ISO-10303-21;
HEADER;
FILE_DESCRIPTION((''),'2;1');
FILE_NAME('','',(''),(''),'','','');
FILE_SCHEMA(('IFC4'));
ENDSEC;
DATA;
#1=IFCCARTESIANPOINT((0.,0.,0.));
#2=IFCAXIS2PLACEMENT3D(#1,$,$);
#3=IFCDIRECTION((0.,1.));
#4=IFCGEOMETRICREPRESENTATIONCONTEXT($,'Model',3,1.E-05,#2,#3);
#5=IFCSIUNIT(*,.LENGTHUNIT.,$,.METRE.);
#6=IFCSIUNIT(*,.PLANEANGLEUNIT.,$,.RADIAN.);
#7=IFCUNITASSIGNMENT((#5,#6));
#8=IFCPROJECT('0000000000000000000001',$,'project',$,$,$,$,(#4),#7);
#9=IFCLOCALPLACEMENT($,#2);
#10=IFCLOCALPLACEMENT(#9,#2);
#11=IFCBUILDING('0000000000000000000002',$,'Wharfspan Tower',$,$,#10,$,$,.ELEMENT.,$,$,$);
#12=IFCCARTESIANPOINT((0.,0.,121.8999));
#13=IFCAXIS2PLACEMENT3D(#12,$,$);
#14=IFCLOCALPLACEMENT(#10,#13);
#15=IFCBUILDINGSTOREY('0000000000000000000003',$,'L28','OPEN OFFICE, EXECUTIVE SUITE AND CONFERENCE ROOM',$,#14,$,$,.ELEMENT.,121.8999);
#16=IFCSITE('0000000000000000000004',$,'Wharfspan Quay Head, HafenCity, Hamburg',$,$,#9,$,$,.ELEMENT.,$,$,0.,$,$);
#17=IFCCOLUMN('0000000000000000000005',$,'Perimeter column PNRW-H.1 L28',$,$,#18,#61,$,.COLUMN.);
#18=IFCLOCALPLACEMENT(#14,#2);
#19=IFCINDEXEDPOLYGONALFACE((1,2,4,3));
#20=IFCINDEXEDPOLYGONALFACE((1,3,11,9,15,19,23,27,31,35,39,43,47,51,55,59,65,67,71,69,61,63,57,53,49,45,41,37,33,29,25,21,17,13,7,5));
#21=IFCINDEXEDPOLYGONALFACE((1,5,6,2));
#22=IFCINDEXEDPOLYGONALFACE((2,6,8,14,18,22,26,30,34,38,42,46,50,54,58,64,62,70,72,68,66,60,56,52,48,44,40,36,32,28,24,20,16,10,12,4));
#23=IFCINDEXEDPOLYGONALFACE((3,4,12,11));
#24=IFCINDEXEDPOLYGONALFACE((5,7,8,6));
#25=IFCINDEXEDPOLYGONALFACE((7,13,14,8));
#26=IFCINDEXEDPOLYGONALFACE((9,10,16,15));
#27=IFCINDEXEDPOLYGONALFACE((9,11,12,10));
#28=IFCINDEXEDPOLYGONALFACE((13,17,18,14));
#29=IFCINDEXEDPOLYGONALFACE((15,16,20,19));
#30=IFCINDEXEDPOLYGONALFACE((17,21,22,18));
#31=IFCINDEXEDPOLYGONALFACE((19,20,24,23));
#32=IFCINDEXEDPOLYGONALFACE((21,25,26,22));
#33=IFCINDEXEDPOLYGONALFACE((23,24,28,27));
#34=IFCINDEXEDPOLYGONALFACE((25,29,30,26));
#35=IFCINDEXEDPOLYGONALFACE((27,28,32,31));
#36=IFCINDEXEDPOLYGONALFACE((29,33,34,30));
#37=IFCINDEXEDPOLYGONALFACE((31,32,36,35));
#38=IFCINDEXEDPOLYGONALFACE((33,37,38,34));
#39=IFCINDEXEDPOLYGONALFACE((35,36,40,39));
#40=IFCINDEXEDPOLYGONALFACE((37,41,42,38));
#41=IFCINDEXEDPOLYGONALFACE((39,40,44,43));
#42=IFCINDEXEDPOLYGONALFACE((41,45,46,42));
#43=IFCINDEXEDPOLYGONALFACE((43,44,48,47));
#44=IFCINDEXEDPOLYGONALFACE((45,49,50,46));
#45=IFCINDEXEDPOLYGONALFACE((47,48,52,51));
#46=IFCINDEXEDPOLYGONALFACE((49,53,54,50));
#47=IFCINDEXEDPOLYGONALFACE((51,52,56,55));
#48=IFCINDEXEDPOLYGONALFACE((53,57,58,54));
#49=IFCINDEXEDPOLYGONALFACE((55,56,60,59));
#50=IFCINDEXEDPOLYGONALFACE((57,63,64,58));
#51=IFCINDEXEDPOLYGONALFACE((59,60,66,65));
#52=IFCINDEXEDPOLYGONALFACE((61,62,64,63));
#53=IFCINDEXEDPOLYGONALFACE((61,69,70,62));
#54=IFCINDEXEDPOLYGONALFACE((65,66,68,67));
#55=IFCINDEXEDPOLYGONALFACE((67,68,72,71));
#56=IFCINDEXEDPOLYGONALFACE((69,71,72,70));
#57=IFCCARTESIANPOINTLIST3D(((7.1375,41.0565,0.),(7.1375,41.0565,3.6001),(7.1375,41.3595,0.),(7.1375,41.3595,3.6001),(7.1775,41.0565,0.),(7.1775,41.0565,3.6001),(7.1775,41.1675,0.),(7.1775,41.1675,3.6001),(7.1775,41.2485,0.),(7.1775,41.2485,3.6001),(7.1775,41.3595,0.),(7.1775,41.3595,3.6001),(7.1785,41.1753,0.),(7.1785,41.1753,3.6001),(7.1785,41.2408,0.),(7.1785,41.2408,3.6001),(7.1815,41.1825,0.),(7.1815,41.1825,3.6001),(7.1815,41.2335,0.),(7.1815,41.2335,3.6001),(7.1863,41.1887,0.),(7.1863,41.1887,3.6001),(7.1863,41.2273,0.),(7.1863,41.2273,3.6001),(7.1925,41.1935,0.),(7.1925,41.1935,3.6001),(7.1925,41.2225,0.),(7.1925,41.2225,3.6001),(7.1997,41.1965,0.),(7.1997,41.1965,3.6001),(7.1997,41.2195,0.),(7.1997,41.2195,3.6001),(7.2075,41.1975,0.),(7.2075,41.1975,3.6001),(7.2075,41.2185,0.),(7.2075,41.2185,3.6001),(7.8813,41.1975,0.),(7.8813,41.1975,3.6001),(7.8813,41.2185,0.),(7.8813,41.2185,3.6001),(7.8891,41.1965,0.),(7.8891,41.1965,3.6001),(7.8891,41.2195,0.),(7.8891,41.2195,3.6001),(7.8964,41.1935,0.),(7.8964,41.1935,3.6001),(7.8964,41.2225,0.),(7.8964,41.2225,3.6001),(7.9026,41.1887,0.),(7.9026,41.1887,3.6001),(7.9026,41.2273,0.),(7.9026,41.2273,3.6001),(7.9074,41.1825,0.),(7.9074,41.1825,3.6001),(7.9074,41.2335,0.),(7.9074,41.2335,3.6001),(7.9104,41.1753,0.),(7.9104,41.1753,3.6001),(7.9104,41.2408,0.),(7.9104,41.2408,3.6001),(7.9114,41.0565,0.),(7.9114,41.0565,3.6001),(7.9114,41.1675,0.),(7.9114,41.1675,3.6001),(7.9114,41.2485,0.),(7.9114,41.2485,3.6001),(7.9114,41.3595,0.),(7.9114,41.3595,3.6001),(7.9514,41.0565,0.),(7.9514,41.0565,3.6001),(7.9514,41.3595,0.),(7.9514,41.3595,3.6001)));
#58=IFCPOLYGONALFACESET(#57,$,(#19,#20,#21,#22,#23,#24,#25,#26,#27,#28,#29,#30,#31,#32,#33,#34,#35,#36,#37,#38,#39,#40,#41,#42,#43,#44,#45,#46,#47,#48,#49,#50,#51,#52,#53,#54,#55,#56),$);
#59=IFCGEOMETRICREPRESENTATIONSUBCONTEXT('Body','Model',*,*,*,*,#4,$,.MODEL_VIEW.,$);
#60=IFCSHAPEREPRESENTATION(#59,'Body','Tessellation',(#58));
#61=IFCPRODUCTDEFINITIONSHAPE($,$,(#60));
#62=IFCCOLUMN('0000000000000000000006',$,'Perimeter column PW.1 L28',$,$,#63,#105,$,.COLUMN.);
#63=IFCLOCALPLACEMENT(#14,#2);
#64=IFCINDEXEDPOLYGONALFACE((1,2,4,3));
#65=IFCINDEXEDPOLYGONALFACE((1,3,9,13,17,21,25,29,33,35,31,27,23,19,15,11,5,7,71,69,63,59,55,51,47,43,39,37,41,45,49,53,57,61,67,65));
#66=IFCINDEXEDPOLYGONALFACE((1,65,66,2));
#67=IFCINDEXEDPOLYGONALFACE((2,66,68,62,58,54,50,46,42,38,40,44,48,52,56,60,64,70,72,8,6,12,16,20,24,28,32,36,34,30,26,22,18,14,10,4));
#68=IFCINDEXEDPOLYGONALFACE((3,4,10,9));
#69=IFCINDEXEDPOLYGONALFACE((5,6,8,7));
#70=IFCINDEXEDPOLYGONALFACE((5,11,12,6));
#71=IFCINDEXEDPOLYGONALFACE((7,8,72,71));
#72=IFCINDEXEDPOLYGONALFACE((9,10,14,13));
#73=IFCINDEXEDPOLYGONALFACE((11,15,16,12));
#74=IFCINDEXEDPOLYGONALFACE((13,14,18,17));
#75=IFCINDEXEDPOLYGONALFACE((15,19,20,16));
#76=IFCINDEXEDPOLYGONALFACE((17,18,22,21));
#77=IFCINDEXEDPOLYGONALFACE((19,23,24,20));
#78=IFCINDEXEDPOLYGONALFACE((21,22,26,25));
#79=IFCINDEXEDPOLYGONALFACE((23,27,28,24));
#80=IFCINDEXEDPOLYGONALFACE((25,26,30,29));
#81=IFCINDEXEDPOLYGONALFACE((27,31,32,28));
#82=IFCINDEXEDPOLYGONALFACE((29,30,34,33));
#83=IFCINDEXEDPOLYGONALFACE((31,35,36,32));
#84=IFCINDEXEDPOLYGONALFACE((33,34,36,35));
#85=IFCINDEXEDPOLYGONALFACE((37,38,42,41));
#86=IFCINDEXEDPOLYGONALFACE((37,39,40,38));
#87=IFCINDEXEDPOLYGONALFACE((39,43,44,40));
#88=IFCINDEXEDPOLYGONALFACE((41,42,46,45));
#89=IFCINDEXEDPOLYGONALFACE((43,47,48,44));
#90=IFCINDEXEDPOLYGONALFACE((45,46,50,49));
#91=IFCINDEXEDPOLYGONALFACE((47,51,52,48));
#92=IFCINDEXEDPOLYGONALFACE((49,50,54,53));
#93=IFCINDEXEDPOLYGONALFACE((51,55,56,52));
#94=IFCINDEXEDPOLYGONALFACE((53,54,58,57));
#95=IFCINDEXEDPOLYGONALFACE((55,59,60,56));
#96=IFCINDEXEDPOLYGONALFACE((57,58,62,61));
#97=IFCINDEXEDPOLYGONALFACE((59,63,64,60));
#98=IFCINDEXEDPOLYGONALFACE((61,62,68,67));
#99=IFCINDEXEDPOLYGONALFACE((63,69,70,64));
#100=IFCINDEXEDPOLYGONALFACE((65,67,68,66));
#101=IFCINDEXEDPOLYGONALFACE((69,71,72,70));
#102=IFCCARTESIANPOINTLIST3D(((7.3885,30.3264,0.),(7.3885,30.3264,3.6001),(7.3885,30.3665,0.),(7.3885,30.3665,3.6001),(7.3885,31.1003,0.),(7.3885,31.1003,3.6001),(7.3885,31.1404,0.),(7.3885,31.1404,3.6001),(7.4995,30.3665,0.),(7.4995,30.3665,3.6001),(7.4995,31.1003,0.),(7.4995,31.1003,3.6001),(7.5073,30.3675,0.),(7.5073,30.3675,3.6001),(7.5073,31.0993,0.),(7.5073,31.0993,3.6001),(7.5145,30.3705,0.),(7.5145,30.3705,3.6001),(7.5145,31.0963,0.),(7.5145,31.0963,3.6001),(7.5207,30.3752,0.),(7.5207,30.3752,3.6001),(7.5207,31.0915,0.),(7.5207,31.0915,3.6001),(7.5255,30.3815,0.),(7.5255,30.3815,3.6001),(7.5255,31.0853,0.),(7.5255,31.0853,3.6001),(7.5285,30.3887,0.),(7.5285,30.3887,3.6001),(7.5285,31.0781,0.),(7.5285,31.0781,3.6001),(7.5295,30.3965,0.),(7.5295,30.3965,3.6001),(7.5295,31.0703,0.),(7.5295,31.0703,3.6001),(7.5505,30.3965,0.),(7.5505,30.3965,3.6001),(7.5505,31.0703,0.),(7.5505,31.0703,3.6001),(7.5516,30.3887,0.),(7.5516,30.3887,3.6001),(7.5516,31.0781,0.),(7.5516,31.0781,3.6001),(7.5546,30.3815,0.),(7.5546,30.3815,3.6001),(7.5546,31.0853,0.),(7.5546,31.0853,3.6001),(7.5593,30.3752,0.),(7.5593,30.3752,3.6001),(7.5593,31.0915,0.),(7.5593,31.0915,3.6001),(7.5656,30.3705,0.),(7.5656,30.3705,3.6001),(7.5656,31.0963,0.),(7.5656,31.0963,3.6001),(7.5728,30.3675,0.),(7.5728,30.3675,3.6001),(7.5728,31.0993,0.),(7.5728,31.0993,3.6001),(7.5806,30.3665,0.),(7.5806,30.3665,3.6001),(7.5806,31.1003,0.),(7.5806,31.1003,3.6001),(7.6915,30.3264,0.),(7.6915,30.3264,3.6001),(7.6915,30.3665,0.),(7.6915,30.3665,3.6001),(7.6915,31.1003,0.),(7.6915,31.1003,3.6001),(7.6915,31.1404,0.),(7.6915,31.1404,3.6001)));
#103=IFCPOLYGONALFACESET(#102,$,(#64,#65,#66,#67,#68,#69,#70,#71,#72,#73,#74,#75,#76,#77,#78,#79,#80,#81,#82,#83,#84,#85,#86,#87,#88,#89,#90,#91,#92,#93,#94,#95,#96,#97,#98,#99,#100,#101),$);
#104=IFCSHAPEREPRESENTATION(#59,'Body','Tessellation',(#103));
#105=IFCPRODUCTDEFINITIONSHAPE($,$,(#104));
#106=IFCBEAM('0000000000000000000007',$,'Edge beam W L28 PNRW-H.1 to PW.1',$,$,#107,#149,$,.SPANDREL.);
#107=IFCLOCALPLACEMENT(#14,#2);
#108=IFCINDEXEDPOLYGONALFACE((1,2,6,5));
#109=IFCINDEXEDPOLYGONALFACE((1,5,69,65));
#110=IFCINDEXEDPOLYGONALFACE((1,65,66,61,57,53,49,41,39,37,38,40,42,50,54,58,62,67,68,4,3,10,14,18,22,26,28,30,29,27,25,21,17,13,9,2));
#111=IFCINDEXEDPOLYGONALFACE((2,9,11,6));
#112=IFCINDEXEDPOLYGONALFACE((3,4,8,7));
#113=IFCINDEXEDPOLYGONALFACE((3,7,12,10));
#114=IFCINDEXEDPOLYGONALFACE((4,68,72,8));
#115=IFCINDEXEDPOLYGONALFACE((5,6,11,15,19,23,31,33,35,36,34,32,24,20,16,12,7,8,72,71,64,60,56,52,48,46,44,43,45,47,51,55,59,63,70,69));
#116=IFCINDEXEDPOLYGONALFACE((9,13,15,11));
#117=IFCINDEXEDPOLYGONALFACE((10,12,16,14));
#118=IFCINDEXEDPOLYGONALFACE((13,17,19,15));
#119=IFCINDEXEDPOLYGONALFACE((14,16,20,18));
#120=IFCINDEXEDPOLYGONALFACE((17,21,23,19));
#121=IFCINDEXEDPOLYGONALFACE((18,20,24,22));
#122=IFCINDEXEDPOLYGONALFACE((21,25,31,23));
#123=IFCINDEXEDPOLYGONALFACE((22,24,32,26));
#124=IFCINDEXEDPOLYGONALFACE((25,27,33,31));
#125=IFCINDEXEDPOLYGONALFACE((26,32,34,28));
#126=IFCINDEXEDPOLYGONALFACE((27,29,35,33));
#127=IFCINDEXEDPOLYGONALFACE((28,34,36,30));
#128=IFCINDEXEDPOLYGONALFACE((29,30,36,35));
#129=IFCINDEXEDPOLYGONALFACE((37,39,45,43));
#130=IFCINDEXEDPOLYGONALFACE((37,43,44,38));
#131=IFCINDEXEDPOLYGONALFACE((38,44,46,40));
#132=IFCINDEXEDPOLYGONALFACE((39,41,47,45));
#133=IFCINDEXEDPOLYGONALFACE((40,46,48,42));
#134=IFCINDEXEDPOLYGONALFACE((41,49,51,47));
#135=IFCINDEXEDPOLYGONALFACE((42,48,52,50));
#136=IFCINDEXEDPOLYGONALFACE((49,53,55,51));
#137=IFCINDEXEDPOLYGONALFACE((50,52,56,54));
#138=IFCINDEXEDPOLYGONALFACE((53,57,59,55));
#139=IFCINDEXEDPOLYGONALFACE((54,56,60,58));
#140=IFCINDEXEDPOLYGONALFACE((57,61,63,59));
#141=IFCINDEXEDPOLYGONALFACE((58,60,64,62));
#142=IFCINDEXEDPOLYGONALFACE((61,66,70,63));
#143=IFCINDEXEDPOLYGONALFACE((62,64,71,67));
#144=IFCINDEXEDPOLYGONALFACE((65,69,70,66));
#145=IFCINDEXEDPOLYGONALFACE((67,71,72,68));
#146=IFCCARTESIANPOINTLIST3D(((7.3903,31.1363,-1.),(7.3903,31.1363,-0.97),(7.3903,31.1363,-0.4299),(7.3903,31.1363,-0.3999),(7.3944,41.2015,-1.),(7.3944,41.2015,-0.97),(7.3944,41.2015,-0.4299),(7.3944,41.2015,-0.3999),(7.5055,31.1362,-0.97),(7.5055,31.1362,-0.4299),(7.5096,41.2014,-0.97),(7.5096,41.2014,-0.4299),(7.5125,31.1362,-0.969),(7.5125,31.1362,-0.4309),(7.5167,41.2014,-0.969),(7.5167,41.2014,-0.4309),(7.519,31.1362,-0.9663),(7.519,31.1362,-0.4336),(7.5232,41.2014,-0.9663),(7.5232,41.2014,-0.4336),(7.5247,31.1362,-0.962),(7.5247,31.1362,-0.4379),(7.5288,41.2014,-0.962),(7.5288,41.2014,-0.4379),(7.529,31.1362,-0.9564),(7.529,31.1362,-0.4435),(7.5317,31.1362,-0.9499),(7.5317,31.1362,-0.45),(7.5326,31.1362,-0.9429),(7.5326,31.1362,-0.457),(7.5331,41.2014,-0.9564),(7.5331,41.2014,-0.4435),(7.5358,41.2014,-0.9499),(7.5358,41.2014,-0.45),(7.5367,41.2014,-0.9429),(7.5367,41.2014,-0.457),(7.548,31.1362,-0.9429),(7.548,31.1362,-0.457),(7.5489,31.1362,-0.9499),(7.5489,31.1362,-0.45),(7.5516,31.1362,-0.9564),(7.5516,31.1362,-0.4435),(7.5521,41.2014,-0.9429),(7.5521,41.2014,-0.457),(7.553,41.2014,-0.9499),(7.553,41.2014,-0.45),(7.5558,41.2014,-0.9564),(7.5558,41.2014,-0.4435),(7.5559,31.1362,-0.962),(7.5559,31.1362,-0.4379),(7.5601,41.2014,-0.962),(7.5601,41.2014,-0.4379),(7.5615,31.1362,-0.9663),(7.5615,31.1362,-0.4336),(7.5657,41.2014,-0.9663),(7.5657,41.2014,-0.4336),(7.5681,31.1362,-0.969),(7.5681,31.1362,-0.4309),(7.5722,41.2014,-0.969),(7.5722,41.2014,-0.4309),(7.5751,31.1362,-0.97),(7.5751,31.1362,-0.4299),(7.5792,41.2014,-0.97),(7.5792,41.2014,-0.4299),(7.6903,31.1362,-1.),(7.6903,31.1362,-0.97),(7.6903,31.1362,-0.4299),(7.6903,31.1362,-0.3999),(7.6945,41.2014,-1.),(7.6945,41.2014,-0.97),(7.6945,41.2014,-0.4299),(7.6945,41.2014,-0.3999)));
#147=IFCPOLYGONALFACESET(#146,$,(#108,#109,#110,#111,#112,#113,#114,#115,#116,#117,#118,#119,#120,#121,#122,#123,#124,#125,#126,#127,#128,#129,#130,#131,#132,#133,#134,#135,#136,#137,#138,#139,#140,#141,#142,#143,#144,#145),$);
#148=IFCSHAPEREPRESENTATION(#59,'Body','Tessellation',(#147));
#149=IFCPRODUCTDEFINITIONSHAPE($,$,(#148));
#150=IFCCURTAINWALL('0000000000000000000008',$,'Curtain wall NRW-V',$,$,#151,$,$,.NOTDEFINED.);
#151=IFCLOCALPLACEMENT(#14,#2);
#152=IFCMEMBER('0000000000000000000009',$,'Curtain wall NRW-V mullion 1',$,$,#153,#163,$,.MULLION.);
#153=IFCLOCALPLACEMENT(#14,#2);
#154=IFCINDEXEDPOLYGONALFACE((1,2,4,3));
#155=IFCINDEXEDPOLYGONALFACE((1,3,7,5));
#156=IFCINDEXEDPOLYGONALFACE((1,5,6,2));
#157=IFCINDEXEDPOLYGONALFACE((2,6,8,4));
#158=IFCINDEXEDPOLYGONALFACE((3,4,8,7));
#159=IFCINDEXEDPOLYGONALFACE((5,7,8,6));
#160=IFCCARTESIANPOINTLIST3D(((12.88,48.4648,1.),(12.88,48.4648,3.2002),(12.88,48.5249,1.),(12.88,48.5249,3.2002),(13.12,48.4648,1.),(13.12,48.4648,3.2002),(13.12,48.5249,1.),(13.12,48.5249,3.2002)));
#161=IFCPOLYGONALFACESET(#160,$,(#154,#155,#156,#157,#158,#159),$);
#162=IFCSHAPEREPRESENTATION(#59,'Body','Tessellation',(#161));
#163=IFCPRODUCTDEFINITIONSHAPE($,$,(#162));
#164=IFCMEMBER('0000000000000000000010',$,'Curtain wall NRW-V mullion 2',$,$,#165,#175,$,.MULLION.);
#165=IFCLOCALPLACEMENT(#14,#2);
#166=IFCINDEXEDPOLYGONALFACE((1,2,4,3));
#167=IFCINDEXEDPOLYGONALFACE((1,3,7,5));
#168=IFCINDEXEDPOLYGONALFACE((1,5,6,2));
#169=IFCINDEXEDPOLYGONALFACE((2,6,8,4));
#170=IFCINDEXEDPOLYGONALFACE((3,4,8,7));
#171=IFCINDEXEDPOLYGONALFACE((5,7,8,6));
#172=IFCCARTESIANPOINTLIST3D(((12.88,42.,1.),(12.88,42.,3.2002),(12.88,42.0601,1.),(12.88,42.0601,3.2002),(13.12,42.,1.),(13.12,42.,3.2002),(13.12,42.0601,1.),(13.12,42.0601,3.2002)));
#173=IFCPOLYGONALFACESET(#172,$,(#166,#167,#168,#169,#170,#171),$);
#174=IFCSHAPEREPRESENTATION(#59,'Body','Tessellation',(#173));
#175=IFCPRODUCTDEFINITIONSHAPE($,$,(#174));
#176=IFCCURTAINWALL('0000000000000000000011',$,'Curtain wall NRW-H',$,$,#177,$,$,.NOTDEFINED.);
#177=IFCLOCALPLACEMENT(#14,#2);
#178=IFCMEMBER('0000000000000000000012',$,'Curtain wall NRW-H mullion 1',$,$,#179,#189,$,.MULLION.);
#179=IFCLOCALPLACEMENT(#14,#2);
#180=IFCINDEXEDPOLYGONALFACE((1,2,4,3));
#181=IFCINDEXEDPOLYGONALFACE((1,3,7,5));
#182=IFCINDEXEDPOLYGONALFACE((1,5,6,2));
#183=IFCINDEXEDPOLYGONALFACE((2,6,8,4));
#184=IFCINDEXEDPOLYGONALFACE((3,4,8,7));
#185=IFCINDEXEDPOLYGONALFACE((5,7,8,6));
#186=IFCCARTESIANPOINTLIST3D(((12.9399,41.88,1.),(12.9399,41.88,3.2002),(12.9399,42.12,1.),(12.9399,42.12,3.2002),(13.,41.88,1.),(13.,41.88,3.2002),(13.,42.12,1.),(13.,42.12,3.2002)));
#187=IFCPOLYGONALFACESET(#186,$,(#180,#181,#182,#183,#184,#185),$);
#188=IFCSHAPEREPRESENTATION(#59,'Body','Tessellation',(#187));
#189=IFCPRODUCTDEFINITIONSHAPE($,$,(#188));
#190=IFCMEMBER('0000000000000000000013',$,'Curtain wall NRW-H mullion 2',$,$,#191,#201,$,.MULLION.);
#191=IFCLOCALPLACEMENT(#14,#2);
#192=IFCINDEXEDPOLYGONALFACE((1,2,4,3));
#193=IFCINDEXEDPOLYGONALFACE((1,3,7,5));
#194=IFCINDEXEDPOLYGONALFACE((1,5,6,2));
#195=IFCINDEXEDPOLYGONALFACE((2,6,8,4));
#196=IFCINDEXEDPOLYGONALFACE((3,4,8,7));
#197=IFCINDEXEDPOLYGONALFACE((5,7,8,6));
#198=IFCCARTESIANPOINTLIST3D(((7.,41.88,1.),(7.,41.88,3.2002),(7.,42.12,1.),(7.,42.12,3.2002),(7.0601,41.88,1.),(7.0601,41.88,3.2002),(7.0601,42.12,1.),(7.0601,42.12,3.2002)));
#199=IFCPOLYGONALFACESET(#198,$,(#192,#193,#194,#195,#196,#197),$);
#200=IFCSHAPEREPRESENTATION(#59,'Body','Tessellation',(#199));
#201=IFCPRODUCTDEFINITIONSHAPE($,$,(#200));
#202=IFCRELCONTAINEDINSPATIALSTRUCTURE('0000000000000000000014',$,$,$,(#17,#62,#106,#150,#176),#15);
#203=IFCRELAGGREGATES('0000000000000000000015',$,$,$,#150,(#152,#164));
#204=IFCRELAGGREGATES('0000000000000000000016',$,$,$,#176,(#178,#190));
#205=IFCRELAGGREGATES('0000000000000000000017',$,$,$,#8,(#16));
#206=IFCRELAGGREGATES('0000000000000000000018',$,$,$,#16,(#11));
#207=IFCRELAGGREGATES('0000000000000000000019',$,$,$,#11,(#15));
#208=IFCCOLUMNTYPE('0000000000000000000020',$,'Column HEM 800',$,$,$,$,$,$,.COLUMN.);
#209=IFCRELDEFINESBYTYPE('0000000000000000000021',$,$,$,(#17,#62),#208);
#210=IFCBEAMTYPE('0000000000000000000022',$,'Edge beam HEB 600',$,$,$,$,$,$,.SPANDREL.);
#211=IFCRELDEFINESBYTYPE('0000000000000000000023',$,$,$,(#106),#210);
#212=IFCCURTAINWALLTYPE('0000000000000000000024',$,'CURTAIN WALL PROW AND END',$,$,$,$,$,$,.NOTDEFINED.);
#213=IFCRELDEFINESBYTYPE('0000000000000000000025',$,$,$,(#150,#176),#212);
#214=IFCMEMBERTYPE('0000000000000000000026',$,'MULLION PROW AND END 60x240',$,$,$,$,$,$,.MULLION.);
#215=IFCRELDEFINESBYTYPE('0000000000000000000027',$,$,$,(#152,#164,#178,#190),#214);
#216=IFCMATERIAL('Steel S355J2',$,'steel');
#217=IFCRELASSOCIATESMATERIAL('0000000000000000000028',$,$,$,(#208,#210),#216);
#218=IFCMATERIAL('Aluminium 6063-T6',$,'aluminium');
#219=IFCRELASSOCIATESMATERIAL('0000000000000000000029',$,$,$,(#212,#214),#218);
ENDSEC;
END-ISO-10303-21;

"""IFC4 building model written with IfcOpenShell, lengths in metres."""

from ifc_helpers import new_model, si_unit, direction, frame, origin, origin_2d, place, context, subcontext, project, spatial, rectangle, i_section, extrude, material, material_profile, profile_set, type_object, element, aggregate, save


model = new_model("IFC4")

# Units and contexts
model_context = context("Model", 3, precision=1e-05, world=origin(), true_north=direction((0.0, 1.0)))
body_context = subcontext(model_context, "Body", "Model", "MODEL_VIEW")
ifc_project = project(units=[si_unit("LENGTHUNIT", "METRE"), si_unit("PLANEANGLEUNIT", "RADIAN")], contexts=[model_context])

# Site, building, storey
site_placement = place(None, origin())
site = spatial("IfcSite", under=ifc_project, at=site_placement, Name="Wharfspan Quay Head, HafenCity, Hamburg", CompositionType="ELEMENT", RefElevation=0.0)
building_placement = place(site_placement, origin())
building = spatial("IfcBuilding", under=site, at=building_placement, Name="Wharfspan Tower", CompositionType="ELEMENT")
storey_placement = place(building_placement, frame((0.0, 0.0, 121.8999)))
storey = spatial("IfcBuildingStorey", under=building, at=storey_placement, Name="L28", Description="OPEN OFFICE, EXECUTIVE SUITE AND CONFERENCE ROOM", CompositionType="ELEMENT", Elevation=121.8999)

# Columns
ifc_material_1 = material(Name="Steel S355J2", Category="steel")
ifc_material_profile_1 = material_profile(ifc_material_1, i_section(OverallWidth=0.303, OverallDepth=0.814, WebThickness=0.021, FlangeThickness=0.04, FilletRadius=0.03, at=origin_2d()))
ifc_profile_set_1 = profile_set([ifc_material_profile_1], Name="Steel S355J2")
column_type = type_object("IfcColumnType", Name="Column HEM 800", PredefinedType="COLUMN", material=ifc_profile_set_1)
for number, where, z_axis, x_axis, name in (
    (1, (7.5444, 41.208, 0.0), (0.0, 0.0, 1.0), (0.0, 1.0, 0.0), "Perimeter column PNRW-H.1 L28"),
    (2, (7.54, 30.7334, 0.0), (0.0, 0.0, 1.0), (-1.0, 0.0, 0.0), "Perimeter column PW.1 L28"),
):
    element("IfcColumn", number, at=place(storey_placement, frame(where, z_axis=z_axis, x_axis=x_axis)), inside=storey, type_object=column_type, Name=name, PredefinedType="COLUMN", context=body_context, shape_type="SweptSolid", body=[
        extrude(i_section(OverallWidth=0.303, OverallDepth=0.814, WebThickness=0.021, FlangeThickness=0.04, FilletRadius=0.03, at=origin_2d()), origin(), (0.0, 0.0, 1.0), 3.6001),
    ])

# Beam
ifc_material_profile_2 = material_profile(ifc_material_1, i_section(OverallWidth=0.3, OverallDepth=0.6001, WebThickness=0.0154, FlangeThickness=0.03, FilletRadius=0.0271, at=origin_2d()))
ifc_profile_set_2 = profile_set([ifc_material_profile_2], Name="Steel S355J2")
beam_type = type_object("IfcBeamType", Name="Edge beam HEB 600", PredefinedType="SPANDREL", material=ifc_profile_set_2)
beam_placement = place(storey_placement, frame((7.5444, 41.2014, -0.7), z_axis=(-0.000412, -1.0, 0.0), x_axis=(1.0, -0.000412, 0.0)))
element("IfcBeam", 3, at=beam_placement, inside=storey, type_object=beam_type, Name="Edge beam W L28 PNRW-H.1 to PW.1", PredefinedType="SPANDREL", context=body_context, shape_type="SweptSolid", body=[
    extrude(i_section(OverallWidth=0.3, OverallDepth=0.6001, WebThickness=0.0154, FlangeThickness=0.03, FilletRadius=0.0271, at=origin_2d()), origin(), (0.0, 0.0, 1.0), 10.0652),
])

# Curtain walls, members
ifc_material_2 = material(Name="Aluminium 6063-T6", Category="aluminium")
curtain_wall_type = type_object("IfcCurtainWallType", Name="CURTAIN WALL PROW AND END", PredefinedType="NOTDEFINED", material=ifc_material_2)
curtain_wall_1_placement = place(storey_placement, origin())
curtain_wall_1 = element("IfcCurtainWall", 4, at=curtain_wall_1_placement, inside=storey, type_object=curtain_wall_type, Name="Curtain wall NRW-V", PredefinedType="NOTDEFINED")
ifc_material_profile_3 = material_profile(ifc_material_2, rectangle(XDim=0.24, YDim=0.0601, at=origin_2d()))
ifc_profile_set_3 = profile_set([ifc_material_profile_3], Name="Aluminium 6063-T6")
member_type_1 = type_object("IfcMemberType", Name="MULLION PROW AND END 60x240", PredefinedType="MULLION", material=ifc_profile_set_3)
member_1_placement = place(storey_placement, frame((13.0, 48.4949, 1.0), z_axis=(0.0, 0.0, 1.0), x_axis=(1.0, 0.0, 0.0)))
member_1 = element("IfcMember", 5, at=member_1_placement, type_object=member_type_1, Name="Curtain wall NRW-V mullion 1", PredefinedType="MULLION", context=body_context, shape_type="SweptSolid", body=[
    extrude(rectangle(XDim=0.24, YDim=0.0601, at=origin_2d()), origin(), (0.0, 0.0, 1.0), 2.2002),
])
member_2_placement = place(storey_placement, frame((13.0, 42.03, 1.0), z_axis=(0.0, 0.0, 1.0), x_axis=(1.0, 0.0, 0.0)))
member_2 = element("IfcMember", 6, at=member_2_placement, type_object=member_type_1, Name="Curtain wall NRW-V mullion 2", PredefinedType="MULLION", context=body_context, shape_type="SweptSolid", body=[
    extrude(rectangle(XDim=0.24, YDim=0.0601, at=origin_2d()), origin(), (0.0, 0.0, 1.0), 2.2002),
])
curtain_wall_2_placement = place(storey_placement, origin())
curtain_wall_2 = element("IfcCurtainWall", 7, at=curtain_wall_2_placement, inside=storey, type_object=curtain_wall_type, Name="Curtain wall NRW-H", PredefinedType="NOTDEFINED")
member_3_placement = place(storey_placement, frame((12.97, 42.0, 1.0), z_axis=(0.0, 0.0, 1.0), x_axis=(0.0, -1.0, 0.0)))
member_3 = element("IfcMember", 8, at=member_3_placement, type_object=member_type_1, Name="Curtain wall NRW-H mullion 1", PredefinedType="MULLION", context=body_context, shape_type="SweptSolid", body=[
    extrude(rectangle(XDim=0.24, YDim=0.0601, at=origin_2d()), origin(), (0.0, 0.0, 1.0), 2.2002),
])
member_4_placement = place(storey_placement, frame((7.03, 42.0, 1.0), z_axis=(0.0, 0.0, 1.0), x_axis=(0.0, -1.0, 0.0)))
member_4 = element("IfcMember", 9, at=member_4_placement, type_object=member_type_1, Name="Curtain wall NRW-H mullion 2", PredefinedType="MULLION", context=body_context, shape_type="SweptSolid", body=[
    extrude(rectangle(XDim=0.24, YDim=0.0601, at=origin_2d()), origin(), (0.0, 0.0, 1.0), 2.2002),
])

aggregate(curtain_wall_1, [member_1, member_2])
aggregate(curtain_wall_2, [member_3, member_4])

save(model, "model.ifc")
